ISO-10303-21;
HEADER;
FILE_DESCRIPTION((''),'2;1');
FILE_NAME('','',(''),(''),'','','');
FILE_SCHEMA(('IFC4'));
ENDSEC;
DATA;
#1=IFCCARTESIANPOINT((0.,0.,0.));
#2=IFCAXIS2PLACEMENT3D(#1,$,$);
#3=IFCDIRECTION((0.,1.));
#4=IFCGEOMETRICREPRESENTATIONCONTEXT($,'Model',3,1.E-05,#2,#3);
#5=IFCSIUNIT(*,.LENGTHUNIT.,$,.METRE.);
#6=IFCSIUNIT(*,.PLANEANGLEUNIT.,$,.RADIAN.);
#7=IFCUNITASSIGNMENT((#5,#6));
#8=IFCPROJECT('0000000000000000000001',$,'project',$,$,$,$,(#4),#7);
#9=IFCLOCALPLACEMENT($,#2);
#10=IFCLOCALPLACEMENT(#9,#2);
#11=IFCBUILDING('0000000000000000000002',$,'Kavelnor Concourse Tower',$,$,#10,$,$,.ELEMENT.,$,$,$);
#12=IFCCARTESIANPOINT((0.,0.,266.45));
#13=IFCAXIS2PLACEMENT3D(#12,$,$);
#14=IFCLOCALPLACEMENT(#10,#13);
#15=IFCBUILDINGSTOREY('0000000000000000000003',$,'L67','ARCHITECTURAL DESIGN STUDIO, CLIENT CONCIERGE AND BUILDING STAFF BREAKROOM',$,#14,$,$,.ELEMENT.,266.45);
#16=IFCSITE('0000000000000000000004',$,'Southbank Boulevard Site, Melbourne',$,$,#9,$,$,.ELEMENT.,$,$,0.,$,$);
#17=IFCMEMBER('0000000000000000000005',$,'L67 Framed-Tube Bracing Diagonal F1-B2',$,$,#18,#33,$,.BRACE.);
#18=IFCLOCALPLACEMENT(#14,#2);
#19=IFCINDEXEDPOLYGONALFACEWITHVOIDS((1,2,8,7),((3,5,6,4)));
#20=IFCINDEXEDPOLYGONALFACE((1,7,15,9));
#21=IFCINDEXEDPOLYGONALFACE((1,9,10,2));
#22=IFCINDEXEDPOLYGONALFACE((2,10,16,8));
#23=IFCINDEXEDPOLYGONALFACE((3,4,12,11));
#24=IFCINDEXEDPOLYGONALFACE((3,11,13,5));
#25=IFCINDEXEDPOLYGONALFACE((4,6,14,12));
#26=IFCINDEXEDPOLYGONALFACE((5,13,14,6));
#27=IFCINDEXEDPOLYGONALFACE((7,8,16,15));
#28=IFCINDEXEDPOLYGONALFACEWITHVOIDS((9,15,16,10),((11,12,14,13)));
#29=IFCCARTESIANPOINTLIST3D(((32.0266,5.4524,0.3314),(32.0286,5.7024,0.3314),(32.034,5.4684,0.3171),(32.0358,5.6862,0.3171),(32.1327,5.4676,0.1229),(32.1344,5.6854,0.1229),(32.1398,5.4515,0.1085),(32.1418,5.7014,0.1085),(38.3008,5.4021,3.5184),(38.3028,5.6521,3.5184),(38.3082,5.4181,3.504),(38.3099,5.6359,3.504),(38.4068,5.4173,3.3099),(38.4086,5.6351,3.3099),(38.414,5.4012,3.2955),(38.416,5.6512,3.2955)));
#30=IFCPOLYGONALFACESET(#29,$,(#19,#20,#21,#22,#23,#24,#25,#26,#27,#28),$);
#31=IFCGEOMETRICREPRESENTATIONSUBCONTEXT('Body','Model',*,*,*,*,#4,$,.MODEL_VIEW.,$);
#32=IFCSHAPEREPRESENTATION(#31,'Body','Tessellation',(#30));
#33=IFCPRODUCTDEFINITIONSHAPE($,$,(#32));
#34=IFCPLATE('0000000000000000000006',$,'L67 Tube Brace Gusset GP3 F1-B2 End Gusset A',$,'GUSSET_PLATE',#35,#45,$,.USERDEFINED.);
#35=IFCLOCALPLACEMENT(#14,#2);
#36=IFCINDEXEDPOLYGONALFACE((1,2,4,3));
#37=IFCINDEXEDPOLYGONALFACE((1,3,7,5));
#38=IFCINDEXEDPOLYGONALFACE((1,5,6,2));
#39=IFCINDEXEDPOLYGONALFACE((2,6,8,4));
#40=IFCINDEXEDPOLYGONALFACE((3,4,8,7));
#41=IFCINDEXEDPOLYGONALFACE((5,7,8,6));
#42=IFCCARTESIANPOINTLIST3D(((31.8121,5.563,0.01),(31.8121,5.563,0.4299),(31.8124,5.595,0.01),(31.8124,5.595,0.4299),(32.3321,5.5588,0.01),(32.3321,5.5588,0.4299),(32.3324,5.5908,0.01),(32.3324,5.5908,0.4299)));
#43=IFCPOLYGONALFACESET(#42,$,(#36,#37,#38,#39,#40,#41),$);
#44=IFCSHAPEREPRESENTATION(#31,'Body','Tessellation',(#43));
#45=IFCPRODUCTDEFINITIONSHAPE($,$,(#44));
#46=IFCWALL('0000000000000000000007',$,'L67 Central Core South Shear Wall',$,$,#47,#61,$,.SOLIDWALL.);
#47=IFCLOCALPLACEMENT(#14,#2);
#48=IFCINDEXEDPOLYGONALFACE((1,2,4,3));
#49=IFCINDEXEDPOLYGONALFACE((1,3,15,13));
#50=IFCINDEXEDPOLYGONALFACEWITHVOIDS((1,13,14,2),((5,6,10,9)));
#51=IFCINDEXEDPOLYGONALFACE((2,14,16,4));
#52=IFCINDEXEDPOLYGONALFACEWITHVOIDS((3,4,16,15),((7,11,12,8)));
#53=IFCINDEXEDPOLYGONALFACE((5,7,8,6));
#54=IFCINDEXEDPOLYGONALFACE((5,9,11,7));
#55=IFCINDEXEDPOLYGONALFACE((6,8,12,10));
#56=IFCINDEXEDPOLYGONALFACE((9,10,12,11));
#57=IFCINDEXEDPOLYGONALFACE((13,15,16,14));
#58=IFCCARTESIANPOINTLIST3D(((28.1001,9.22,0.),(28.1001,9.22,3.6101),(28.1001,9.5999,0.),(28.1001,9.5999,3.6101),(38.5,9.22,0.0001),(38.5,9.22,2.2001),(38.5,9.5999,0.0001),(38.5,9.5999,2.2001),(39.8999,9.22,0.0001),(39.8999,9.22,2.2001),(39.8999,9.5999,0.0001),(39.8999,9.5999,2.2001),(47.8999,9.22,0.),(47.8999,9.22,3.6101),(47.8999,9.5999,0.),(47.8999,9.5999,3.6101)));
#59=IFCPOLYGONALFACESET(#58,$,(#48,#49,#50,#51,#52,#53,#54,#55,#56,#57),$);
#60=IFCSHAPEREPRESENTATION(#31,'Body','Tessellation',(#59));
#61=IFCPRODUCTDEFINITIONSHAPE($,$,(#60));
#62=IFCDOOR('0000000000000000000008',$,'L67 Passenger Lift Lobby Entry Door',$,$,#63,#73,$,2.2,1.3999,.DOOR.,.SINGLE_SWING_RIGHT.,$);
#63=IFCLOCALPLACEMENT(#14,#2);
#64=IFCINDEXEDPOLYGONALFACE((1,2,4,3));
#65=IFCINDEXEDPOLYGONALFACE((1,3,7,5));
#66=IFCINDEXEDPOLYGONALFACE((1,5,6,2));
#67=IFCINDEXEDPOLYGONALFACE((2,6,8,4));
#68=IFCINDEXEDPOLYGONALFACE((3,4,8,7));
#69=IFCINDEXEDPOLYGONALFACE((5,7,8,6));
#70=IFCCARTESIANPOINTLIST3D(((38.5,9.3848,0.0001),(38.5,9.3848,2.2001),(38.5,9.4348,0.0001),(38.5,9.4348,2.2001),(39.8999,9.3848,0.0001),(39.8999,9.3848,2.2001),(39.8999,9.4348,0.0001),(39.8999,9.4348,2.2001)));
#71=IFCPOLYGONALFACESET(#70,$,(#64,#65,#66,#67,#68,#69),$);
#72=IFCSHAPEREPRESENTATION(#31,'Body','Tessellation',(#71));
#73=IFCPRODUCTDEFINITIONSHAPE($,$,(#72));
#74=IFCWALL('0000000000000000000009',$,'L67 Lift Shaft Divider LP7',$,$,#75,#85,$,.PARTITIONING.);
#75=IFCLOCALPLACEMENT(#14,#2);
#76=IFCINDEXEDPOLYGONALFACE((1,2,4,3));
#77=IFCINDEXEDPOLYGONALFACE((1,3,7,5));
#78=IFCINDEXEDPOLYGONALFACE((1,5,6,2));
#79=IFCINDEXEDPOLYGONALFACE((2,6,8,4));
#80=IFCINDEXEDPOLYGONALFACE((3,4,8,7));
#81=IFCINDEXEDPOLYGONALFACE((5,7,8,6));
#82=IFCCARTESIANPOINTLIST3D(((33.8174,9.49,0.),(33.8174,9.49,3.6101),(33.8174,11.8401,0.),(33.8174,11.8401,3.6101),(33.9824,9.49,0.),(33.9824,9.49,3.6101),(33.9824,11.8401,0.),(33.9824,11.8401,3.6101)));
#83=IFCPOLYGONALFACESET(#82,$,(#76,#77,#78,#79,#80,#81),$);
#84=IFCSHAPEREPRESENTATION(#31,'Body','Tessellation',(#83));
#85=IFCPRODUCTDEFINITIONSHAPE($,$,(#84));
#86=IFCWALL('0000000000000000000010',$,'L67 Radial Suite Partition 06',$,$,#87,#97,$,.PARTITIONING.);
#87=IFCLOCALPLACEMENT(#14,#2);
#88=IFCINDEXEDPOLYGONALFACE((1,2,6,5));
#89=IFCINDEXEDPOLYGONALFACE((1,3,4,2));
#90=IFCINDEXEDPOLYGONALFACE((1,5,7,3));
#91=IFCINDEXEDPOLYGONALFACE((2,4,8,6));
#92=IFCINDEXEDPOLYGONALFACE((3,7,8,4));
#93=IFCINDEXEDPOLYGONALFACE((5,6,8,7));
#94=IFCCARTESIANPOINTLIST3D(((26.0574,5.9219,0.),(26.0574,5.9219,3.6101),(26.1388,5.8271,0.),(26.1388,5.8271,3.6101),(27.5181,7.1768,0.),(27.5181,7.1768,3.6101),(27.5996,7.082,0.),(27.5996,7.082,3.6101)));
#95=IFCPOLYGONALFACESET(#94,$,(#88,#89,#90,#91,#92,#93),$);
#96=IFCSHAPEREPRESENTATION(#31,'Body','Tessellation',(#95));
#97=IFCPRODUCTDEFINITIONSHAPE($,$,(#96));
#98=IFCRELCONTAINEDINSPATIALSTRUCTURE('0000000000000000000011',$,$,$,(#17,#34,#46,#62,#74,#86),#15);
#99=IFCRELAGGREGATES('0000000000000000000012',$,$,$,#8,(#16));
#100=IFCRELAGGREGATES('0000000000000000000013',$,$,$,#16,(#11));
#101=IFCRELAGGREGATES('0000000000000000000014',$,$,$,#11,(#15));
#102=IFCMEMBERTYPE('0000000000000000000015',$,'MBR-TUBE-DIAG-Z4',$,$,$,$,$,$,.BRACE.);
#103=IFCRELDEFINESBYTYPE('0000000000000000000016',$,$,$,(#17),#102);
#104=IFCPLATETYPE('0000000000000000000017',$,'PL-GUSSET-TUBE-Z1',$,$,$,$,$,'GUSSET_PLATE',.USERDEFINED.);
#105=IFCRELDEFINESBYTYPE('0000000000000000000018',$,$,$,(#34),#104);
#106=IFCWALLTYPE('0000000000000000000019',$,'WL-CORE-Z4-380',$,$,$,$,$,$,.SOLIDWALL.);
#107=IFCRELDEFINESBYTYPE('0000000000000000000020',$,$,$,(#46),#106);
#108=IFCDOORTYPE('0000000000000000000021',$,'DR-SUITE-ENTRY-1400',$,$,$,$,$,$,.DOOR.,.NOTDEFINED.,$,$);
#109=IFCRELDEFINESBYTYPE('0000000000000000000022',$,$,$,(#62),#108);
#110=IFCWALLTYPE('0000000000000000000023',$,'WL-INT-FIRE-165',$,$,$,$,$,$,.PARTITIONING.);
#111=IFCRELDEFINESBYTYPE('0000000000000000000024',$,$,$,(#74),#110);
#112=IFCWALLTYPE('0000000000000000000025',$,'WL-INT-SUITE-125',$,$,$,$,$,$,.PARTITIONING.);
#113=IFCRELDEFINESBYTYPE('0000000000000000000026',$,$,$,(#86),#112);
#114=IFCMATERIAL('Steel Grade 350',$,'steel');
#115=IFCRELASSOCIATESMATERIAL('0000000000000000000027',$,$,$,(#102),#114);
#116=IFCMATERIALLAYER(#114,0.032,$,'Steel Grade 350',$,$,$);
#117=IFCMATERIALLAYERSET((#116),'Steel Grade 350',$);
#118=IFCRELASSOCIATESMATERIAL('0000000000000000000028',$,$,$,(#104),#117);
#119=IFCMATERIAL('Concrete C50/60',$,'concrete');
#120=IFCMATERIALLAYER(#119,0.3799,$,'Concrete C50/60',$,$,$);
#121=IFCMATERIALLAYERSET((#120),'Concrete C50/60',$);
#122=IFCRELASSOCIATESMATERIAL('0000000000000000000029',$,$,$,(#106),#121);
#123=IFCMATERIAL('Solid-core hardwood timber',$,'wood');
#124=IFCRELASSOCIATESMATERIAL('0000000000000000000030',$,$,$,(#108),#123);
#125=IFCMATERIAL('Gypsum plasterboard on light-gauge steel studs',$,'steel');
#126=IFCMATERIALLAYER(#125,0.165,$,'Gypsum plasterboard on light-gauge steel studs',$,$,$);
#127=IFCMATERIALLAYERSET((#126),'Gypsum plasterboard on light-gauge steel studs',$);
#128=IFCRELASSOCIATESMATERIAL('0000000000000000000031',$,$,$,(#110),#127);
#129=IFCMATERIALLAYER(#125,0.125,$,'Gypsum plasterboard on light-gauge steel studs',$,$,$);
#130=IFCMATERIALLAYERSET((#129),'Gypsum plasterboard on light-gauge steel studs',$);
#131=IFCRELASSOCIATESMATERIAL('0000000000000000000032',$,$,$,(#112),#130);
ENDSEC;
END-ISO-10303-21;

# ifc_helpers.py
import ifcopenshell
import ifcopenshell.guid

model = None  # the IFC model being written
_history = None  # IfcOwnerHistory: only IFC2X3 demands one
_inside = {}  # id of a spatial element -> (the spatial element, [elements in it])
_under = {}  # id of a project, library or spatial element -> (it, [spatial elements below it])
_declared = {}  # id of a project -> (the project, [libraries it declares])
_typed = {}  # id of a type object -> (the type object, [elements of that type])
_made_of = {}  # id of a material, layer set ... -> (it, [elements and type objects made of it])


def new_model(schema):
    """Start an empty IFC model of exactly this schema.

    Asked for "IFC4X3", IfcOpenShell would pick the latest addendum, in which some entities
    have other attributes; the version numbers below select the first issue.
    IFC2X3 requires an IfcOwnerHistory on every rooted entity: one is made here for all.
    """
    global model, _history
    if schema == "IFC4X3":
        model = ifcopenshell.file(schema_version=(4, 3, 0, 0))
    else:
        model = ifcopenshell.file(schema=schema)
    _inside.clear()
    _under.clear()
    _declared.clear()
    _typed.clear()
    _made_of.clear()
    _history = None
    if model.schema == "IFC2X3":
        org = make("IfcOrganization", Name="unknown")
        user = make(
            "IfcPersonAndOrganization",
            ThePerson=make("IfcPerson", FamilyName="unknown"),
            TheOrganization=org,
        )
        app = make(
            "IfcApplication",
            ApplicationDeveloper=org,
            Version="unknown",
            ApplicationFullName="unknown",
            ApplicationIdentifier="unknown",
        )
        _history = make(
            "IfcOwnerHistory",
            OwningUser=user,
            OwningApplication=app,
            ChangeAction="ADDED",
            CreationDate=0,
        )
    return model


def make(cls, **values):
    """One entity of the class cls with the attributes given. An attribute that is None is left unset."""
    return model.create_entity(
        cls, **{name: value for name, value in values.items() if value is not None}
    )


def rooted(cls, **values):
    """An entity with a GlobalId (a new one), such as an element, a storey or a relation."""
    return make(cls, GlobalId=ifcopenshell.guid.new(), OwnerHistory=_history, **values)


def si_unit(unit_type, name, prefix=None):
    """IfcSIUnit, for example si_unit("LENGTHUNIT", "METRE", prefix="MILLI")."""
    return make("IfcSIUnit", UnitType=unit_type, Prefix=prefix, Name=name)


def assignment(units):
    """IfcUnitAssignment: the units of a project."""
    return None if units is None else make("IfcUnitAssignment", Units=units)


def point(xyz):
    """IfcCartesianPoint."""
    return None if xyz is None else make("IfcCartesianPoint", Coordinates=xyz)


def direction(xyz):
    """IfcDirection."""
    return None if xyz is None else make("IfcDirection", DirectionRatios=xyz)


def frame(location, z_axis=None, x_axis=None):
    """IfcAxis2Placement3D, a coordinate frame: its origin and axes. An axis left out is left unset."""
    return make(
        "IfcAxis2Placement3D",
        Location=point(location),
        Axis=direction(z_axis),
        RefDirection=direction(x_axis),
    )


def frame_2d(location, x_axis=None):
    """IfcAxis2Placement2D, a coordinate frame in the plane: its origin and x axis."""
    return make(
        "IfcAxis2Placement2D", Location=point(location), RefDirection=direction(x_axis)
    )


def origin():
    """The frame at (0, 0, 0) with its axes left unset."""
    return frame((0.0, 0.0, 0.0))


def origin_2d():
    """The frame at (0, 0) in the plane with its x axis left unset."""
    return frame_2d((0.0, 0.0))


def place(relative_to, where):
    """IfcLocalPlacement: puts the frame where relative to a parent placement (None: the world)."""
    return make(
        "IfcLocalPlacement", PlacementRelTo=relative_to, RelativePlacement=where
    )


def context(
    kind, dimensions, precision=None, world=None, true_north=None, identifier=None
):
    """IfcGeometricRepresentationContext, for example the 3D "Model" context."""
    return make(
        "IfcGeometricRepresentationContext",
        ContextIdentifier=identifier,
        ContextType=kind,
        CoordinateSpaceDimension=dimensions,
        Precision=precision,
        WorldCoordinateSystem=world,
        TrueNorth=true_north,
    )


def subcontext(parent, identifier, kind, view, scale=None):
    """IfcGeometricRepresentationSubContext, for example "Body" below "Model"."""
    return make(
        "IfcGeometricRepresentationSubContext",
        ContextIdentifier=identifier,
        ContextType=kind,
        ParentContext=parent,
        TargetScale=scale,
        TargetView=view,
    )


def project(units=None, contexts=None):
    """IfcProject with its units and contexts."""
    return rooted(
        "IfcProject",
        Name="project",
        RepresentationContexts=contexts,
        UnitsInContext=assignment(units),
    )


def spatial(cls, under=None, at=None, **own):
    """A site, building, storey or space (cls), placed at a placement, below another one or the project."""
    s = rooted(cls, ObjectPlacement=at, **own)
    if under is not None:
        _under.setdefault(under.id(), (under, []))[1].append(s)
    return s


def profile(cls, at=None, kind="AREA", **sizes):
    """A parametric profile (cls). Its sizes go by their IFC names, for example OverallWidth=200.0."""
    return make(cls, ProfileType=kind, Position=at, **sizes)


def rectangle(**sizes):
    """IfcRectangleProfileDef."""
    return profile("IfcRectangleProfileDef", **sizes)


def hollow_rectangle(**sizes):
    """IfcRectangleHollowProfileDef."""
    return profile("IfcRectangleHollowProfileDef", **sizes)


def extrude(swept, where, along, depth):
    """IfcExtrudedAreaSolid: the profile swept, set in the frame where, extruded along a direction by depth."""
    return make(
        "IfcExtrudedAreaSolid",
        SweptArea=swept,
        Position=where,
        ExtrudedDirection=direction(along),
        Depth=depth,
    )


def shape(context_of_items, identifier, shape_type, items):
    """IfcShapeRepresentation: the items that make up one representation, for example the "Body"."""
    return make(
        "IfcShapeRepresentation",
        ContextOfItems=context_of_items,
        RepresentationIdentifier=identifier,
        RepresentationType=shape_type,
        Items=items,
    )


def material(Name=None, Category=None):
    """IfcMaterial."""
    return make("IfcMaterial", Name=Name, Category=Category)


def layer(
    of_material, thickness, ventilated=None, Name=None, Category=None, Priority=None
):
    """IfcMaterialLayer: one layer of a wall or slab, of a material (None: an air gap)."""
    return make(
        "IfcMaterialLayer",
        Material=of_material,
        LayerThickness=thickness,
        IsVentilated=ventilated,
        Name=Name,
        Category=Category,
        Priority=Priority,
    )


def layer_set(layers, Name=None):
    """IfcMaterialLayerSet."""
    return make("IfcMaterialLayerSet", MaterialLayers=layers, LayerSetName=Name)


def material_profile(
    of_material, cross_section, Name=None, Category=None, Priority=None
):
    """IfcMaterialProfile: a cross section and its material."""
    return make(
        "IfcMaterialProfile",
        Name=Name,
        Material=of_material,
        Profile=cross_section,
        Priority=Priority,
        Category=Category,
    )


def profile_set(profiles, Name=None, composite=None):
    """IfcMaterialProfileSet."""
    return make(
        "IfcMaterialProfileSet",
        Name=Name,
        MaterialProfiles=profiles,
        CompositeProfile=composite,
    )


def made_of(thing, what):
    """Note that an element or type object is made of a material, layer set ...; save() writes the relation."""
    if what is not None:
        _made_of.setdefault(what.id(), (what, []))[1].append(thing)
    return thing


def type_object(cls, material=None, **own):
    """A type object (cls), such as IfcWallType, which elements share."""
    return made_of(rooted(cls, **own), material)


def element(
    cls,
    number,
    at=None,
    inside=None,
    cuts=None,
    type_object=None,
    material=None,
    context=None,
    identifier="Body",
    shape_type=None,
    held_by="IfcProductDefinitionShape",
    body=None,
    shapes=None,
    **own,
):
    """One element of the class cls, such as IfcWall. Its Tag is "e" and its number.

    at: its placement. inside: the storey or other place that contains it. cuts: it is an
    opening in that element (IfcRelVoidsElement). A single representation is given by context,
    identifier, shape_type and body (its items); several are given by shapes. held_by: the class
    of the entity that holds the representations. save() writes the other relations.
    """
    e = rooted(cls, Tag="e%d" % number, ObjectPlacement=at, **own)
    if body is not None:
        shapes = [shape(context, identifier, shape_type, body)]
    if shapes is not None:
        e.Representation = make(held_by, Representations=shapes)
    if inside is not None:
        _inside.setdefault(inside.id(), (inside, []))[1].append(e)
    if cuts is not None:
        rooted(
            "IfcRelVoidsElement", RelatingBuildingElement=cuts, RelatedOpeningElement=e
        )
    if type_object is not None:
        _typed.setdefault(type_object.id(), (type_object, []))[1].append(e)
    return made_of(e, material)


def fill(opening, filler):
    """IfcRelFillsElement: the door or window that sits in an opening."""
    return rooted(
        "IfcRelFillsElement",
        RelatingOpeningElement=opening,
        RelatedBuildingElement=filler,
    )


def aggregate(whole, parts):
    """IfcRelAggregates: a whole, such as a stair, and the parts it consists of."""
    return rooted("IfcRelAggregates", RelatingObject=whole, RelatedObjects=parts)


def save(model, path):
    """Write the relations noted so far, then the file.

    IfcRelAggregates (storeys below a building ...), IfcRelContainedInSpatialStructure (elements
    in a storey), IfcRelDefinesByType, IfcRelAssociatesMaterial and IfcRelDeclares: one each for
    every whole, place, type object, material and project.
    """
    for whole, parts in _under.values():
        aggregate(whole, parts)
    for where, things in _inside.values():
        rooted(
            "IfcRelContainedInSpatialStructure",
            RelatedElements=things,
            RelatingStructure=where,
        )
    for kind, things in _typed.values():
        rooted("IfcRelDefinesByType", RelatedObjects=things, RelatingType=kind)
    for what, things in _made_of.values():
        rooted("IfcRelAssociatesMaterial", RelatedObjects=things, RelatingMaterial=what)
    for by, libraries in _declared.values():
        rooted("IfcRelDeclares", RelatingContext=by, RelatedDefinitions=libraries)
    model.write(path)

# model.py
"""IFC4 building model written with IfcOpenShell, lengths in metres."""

from ifc_helpers import new_model, si_unit, direction, frame, frame_2d, origin, origin_2d, place, context, subcontext, project, spatial, rectangle, hollow_rectangle, extrude, material, layer, layer_set, material_profile, profile_set, type_object, element, fill, save


model = new_model("IFC4")

# Units and contexts
model_context = context("Model", 3, precision=1e-05, world=origin(), true_north=direction((0.0, 1.0)))
body_context = subcontext(model_context, "Body", "Model", "MODEL_VIEW")
ifc_project = project(units=[si_unit("LENGTHUNIT", "METRE"), si_unit("PLANEANGLEUNIT", "RADIAN")], contexts=[model_context])

# Site, building, storey
site_placement = place(None, origin())
site = spatial("IfcSite", under=ifc_project, at=site_placement, Name="Southbank Boulevard Site, Melbourne", CompositionType="ELEMENT", RefElevation=0.0)
building_placement = place(site_placement, origin())
building = spatial("IfcBuilding", under=site, at=building_placement, Name="Kavelnor Concourse Tower", CompositionType="ELEMENT")
storey_placement = place(building_placement, frame((0.0, 0.0, 266.45)))
storey = spatial("IfcBuildingStorey", under=building, at=storey_placement, Name="L67", Description="ARCHITECTURAL DESIGN STUDIO, CLIENT CONCIERGE AND BUILDING STAFF BREAKROOM", CompositionType="ELEMENT", Elevation=266.45)

# Shared definitions
ifc_material_1 = material(Name="Steel Grade 350", Category="steel")

# Member
ifc_material_profile_1 = material_profile(ifc_material_1, hollow_rectangle(XDim=0.25, YDim=0.25, WallThickness=0.0161, at=origin_2d()), Name="SHS 250x250x16")
ifc_profile_set_1 = profile_set([ifc_material_profile_1], Name="Steel Grade 350")
member_type = type_object("IfcMemberType", Name="MBR-TUBE-DIAG-Z4", PredefinedType="BRACE", material=ifc_profile_set_1)
member_placement = place(storey_placement, frame((32.0842, 5.5769, 0.22), z_axis=(0.891549, -0.007147, 0.452869), x_axis=(0.008016, 0.999968, 0.0)))
element("IfcMember", 1, at=member_placement, inside=storey, type_object=member_type, Name="L67 Framed-Tube Bracing Diagonal F1-B2", PredefinedType="BRACE", context=body_context, shape_type="SweptSolid", body=[
    extrude(hollow_rectangle(XDim=0.25, YDim=0.25, WallThickness=0.0161, at=origin_2d()), origin(), (0.0, 0.0, 1.0), 7.0374),
])

# Plate
ifc_layer_1 = layer(ifc_material_1, 0.032, Name="Steel Grade 350")
ifc_layer_set_1 = layer_set([ifc_layer_1], Name="Steel Grade 350")
plate_type = type_object("IfcPlateType", Name="PL-GUSSET-TUBE-Z1", ElementType="GUSSET_PLATE", PredefinedType="USERDEFINED", material=ifc_layer_set_1)
plate_placement = place(storey_placement, frame((32.0723, 5.5769, 0.01), z_axis=(0.0, 0.0, 1.0), x_axis=(0.999968, -0.008028, 0.0)))
element("IfcPlate", 2, at=plate_placement, inside=storey, type_object=plate_type, Name="L67 Tube Brace Gusset GP3 F1-B2 End Gusset A", ObjectType="GUSSET_PLATE", PredefinedType="USERDEFINED", context=body_context, shape_type="SweptSolid", body=[
    extrude(rectangle(XDim=0.52, YDim=0.032, at=origin_2d()), origin(), (0.0, 0.0, 1.0), 0.4199),
])

# Wall, opening, door
ifc_material_2 = material(Name="Concrete C50/60", Category="concrete")
ifc_layer_2 = layer(ifc_material_2, 0.3799, Name="Concrete C50/60")
ifc_layer_set_2 = layer_set([ifc_layer_2], Name="Concrete C50/60")
wall_type_1 = type_object("IfcWallType", Name="WL-CORE-Z4-380", PredefinedType="SOLIDWALL", material=ifc_layer_set_2)
wall_1_placement = place(storey_placement, frame((28.1001, 9.4099, 0.0), z_axis=(0.0, 0.0, 1.0), x_axis=(1.0, 0.0, 0.0)))
wall_1 = element("IfcWall", 3, at=wall_1_placement, inside=storey, type_object=wall_type_1, Name="L67 Central Core South Shear Wall", PredefinedType="SOLIDWALL", context=body_context, shape_type="SweptSolid", body=[
    extrude(rectangle(XDim=19.7998, YDim=0.3799, at=frame_2d((9.8999, 0.0))), origin(), (0.0, 0.0, 1.0), 3.6101),
])
opening_placement = place(wall_1_placement, frame((10.3999, 0.0, 0.0)))
opening = element("IfcOpeningElement", 4, at=opening_placement, cuts=wall_1, PredefinedType="OPENING", context=body_context, shape_type="SweptSolid", body=[
    extrude(rectangle(XDim=1.3999, YDim=2.2, at=frame_2d((0.7, 1.1001))), frame((0.0, 0.2, 0.0), z_axis=(0.0, -1.0, 0.0), x_axis=(1.0, 0.0, 0.0)), (0.0, 0.0, 1.0), 0.3999),
])
ifc_material_3 = material(Name="Solid-core hardwood timber", Category="wood")
door_type = type_object("IfcDoorType", Name="DR-SUITE-ENTRY-1400", OperationType="NOTDEFINED", PredefinedType="DOOR", material=ifc_material_3)
door_placement = place(opening_placement, origin())
door = element("IfcDoor", 5, at=door_placement, inside=storey, type_object=door_type, Name="L67 Passenger Lift Lobby Entry Door", OperationType="SINGLE_SWING_RIGHT", OverallHeight=2.2, OverallWidth=1.3999, PredefinedType="DOOR", context=body_context, shape_type="SweptSolid", body=[
    extrude(rectangle(XDim=1.3999, YDim=2.2, at=frame_2d((0.7, 1.1001))), frame((0.0, 0.0249, 0.0), z_axis=(0.0, -1.0, 0.0), x_axis=(1.0, 0.0, 0.0)), (0.0, 0.0, 1.0), 0.05),
])
fill(opening, door)

# Walls
ifc_material_4 = material(Name="Gypsum plasterboard on light-gauge steel studs", Category="steel")
ifc_layer_3 = layer(ifc_material_4, 0.165, Name="Gypsum plasterboard on light-gauge steel studs")
ifc_layer_set_3 = layer_set([ifc_layer_3], Name="Gypsum plasterboard on light-gauge steel studs")
wall_type_2 = type_object("IfcWallType", Name="WL-INT-FIRE-165", PredefinedType="PARTITIONING", material=ifc_layer_set_3)
wall_2_placement = place(storey_placement, frame((33.8999, 9.49, 0.0), z_axis=(0.0, 0.0, 1.0), x_axis=(0.0, 1.0, 0.0)))
element("IfcWall", 6, at=wall_2_placement, inside=storey, type_object=wall_type_2, Name="L67 Lift Shaft Divider LP7", PredefinedType="PARTITIONING", context=body_context, shape_type="SweptSolid", body=[
    extrude(rectangle(XDim=2.3501, YDim=0.165, at=frame_2d((1.175, 0.0))), origin(), (0.0, 0.0, 1.0), 3.6101),
])
ifc_layer_4 = layer(ifc_material_4, 0.125, Name="Gypsum plasterboard on light-gauge steel studs")
ifc_layer_set_4 = layer_set([ifc_layer_4], Name="Gypsum plasterboard on light-gauge steel studs")
wall_type_3 = type_object("IfcWallType", Name="WL-INT-SUITE-125", PredefinedType="PARTITIONING", material=ifc_layer_set_4)
wall_3_placement = place(storey_placement, frame((27.5588, 7.1294, 0.0), z_axis=(0.0, 0.0, 1.0), x_axis=(-0.758522, -0.651647, 0.0)))
element("IfcWall", 7, at=wall_3_placement, inside=storey, type_object=wall_type_3, Name="L67 Radial Suite Partition 06", PredefinedType="PARTITIONING", context=body_context, shape_type="SweptSolid", body=[
    extrude(rectangle(XDim=1.9258, YDim=0.125, at=frame_2d((0.9629, 0.0))), origin(), (0.0, 0.0, 1.0), 3.6101),
])

save(model, "model.ifc")
